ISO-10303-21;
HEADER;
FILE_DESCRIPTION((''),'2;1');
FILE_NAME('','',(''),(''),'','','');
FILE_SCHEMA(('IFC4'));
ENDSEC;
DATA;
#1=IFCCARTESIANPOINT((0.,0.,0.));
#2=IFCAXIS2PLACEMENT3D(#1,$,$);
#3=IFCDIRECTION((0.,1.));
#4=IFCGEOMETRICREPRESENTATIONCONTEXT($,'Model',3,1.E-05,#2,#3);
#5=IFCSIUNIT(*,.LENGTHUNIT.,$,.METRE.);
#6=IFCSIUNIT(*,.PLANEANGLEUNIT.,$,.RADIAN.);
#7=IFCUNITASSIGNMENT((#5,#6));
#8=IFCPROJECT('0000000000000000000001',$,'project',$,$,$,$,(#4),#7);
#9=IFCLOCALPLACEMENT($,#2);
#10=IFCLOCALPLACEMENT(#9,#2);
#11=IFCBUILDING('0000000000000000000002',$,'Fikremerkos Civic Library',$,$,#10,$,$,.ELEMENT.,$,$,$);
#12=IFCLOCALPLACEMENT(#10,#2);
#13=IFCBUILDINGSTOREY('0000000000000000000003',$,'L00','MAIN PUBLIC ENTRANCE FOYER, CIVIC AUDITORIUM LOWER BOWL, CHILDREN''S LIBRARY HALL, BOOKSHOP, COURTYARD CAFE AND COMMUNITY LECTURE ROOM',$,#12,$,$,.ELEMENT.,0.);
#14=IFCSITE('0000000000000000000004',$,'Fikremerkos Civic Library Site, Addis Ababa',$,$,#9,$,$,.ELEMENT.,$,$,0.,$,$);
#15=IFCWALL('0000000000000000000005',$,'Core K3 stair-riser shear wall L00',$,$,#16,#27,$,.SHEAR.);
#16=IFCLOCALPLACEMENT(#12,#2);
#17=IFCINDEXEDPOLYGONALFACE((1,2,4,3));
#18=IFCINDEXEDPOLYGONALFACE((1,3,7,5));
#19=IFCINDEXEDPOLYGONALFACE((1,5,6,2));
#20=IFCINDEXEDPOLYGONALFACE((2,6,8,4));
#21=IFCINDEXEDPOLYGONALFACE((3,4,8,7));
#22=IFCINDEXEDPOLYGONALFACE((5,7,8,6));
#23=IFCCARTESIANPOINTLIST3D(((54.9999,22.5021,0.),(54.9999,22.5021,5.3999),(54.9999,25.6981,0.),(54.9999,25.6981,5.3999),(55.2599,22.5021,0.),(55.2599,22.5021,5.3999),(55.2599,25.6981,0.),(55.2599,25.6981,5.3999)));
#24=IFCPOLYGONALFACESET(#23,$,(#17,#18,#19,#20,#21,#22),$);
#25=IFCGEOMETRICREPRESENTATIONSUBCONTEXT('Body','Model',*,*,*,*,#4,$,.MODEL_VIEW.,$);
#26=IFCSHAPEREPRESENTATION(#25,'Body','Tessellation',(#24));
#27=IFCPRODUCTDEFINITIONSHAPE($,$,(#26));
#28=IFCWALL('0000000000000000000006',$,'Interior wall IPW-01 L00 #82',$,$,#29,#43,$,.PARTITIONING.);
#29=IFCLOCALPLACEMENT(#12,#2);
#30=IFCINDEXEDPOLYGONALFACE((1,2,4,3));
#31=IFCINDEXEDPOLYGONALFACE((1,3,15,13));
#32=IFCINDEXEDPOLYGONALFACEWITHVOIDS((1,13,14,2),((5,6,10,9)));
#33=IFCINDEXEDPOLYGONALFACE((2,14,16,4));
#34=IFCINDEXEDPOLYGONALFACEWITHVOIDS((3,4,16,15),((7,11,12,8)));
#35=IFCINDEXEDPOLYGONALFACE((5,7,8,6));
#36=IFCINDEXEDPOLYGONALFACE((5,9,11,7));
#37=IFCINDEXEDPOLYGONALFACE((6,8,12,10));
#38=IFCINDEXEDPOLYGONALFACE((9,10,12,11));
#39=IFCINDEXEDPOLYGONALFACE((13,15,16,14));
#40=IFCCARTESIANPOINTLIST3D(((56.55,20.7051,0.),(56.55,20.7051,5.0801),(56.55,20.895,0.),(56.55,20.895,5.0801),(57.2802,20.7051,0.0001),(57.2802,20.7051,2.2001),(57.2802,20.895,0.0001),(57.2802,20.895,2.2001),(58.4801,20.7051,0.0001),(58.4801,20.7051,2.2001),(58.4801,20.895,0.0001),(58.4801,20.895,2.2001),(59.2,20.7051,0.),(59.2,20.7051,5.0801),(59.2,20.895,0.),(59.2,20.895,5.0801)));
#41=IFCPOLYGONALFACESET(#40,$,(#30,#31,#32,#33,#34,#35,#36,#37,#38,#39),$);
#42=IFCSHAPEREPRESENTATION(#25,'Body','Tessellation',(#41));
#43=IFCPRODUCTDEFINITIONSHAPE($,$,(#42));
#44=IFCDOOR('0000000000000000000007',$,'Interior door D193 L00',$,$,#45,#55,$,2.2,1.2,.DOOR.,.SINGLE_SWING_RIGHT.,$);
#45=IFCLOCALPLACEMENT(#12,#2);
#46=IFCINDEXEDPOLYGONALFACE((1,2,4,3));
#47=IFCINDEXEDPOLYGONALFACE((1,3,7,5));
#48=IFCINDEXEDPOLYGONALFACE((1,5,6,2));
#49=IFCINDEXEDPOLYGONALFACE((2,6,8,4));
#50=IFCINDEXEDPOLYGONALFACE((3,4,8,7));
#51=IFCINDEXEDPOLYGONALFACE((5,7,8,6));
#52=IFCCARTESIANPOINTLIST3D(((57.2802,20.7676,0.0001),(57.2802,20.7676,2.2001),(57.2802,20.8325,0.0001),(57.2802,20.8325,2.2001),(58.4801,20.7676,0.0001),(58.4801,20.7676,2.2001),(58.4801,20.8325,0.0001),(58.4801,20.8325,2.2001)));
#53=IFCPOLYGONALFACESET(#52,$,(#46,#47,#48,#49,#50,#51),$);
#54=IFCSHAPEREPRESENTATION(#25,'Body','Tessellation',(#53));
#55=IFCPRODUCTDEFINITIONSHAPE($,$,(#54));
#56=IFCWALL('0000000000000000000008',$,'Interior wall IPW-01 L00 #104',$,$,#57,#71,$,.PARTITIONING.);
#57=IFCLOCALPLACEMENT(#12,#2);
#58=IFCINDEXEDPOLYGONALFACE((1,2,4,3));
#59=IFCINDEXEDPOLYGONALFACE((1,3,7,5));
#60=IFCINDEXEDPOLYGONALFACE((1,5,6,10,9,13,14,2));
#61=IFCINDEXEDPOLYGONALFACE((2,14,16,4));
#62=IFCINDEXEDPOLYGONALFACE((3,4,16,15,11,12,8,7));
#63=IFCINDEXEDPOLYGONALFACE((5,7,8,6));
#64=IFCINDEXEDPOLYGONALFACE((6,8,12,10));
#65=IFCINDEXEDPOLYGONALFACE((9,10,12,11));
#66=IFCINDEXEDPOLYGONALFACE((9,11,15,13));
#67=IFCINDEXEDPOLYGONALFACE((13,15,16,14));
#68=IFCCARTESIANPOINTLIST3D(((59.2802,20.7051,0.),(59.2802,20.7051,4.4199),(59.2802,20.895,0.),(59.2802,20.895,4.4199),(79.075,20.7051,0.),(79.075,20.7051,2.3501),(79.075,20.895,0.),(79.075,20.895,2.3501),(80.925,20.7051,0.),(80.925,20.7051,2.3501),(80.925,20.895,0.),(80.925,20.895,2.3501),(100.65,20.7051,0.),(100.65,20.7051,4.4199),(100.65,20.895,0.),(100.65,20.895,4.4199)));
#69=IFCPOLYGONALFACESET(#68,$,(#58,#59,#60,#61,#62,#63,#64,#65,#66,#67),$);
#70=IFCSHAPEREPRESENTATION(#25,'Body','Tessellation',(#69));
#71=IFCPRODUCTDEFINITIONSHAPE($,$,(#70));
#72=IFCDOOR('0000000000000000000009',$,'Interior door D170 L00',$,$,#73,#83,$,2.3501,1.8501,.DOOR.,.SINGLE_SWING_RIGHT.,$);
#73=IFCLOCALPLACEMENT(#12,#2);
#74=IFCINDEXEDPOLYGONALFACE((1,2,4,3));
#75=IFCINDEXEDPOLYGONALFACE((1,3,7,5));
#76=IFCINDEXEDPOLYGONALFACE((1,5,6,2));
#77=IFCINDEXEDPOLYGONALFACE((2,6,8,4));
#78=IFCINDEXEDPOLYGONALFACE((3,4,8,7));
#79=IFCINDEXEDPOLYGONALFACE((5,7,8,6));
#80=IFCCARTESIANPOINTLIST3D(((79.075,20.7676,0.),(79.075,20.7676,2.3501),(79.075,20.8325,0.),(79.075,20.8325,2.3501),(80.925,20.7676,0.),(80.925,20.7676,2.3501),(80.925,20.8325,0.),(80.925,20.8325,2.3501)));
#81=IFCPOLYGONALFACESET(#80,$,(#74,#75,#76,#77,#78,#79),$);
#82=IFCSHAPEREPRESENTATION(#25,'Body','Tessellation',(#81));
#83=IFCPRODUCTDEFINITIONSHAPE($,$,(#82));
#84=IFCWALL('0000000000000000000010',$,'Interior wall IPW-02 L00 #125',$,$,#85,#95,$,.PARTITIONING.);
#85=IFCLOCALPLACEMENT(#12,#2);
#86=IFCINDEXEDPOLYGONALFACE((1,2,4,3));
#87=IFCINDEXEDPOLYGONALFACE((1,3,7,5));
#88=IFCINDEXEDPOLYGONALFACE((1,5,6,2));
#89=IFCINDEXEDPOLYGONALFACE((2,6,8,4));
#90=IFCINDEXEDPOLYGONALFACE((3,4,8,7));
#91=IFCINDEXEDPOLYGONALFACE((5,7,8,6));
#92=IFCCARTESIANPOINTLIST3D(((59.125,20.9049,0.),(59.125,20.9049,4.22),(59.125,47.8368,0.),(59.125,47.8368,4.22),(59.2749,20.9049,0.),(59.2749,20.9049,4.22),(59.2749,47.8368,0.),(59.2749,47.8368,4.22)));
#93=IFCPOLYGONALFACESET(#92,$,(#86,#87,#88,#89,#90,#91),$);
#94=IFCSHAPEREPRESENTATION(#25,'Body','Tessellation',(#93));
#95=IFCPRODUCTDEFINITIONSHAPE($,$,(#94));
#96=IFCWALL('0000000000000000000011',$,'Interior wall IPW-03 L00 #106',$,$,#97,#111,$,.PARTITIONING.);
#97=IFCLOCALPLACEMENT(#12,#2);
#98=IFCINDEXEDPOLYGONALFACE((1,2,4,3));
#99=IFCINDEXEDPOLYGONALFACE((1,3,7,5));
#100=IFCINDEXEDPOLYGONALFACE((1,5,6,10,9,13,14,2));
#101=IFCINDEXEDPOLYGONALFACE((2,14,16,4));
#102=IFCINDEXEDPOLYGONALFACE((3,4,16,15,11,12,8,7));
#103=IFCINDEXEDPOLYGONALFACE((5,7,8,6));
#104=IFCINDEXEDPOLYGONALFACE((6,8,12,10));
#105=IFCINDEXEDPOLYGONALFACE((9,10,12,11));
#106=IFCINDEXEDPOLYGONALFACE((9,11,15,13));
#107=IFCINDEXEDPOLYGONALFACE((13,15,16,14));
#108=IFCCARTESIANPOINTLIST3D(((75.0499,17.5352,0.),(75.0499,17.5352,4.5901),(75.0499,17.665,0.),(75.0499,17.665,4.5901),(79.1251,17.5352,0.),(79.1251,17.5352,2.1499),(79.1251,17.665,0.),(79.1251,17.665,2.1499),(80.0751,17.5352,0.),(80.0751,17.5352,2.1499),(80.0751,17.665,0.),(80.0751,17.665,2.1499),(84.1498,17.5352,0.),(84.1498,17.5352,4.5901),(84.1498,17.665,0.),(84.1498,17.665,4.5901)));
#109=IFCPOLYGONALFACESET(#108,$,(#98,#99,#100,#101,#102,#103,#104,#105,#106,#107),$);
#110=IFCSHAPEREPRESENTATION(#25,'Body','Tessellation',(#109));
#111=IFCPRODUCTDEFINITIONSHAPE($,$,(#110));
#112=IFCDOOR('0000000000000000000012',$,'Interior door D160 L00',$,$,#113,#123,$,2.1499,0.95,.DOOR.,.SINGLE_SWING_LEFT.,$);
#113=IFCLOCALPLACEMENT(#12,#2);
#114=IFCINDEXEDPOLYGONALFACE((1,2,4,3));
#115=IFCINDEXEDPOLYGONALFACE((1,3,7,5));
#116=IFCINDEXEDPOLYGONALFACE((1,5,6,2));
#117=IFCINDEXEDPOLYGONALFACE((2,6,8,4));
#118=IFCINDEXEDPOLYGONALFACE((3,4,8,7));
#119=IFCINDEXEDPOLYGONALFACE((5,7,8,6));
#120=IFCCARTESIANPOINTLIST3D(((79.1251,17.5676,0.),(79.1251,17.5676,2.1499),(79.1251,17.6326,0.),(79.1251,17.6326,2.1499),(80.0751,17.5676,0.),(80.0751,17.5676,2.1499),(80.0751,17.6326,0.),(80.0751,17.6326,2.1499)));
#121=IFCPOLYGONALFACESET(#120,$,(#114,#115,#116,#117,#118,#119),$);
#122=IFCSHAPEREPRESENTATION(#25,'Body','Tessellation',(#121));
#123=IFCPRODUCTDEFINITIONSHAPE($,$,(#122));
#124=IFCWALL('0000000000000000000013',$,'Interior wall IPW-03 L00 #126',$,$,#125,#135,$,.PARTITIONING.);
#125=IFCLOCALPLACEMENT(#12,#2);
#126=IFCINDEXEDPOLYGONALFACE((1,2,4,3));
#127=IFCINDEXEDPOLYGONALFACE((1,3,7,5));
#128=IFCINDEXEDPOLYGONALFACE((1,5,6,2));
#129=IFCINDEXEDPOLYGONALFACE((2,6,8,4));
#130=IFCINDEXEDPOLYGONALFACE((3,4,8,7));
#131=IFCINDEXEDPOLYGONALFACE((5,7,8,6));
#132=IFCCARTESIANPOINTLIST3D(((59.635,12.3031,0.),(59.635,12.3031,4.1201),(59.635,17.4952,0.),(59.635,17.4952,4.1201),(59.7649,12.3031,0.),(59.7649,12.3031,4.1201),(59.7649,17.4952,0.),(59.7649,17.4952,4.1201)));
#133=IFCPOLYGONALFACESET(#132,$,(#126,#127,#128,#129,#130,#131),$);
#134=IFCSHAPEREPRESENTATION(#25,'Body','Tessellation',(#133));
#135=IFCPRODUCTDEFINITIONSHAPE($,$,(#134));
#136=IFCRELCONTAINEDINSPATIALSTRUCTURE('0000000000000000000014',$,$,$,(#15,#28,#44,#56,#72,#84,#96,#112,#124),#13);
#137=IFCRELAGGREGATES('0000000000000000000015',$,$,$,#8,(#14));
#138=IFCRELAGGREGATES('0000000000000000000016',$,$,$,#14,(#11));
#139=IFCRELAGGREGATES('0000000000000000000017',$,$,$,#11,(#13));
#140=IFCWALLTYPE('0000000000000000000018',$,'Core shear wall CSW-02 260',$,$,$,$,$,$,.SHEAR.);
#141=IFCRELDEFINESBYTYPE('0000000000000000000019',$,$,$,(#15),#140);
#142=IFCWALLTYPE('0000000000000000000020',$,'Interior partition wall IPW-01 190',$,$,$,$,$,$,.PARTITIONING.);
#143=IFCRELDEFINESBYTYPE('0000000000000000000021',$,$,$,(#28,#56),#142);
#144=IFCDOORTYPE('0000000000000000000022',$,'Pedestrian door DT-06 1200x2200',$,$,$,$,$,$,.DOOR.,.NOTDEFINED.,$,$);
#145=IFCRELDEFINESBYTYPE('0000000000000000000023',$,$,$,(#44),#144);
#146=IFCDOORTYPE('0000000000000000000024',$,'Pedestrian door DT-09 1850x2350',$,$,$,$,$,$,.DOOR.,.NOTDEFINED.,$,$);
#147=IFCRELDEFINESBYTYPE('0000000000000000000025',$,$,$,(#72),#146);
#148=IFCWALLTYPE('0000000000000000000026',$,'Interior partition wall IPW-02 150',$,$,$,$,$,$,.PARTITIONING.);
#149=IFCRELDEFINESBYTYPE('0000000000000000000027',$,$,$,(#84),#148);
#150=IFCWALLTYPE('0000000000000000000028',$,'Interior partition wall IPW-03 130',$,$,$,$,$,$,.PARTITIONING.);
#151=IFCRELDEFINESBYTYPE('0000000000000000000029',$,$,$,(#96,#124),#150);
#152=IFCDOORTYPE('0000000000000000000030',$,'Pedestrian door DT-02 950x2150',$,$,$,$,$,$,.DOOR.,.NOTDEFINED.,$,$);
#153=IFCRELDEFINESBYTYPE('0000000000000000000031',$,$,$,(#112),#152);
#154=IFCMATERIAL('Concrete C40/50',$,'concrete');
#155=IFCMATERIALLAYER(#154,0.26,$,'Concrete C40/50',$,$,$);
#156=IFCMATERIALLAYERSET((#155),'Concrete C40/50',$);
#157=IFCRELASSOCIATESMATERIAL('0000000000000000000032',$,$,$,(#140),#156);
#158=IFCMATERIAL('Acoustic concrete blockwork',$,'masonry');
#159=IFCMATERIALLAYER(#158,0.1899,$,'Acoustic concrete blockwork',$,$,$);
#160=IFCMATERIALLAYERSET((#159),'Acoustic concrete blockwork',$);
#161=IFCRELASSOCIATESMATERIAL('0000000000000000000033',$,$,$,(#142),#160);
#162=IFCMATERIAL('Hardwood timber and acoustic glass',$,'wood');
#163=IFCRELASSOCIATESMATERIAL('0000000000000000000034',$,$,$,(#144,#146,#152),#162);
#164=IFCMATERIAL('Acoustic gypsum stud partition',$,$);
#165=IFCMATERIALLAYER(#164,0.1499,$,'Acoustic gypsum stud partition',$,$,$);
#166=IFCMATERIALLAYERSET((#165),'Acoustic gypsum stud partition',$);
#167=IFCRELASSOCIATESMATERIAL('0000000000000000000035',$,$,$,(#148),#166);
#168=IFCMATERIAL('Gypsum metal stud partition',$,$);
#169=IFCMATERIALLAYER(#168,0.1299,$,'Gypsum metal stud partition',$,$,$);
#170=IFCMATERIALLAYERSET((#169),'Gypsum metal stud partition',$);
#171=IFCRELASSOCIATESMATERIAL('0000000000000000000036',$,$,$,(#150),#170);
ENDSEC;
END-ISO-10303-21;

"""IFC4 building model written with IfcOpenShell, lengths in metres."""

from ifc_helpers import new_model, si_unit, direction, frame, frame_2d, origin, place, context, subcontext, project, spatial, rectangle, extrude, material, layer, layer_set, type_object, element, fill, save


model = new_model("IFC4")

# Units and contexts
model_context = context("Model", 3, precision=1e-05, world=origin(), true_north=direction((0.0, 1.0)))
body_context = subcontext(model_context, "Body", "Model", "MODEL_VIEW")
ifc_project = project(units=[si_unit("LENGTHUNIT", "METRE"), si_unit("PLANEANGLEUNIT", "RADIAN")], contexts=[model_context])

# Site, building, storey
site_placement = place(None, origin())
site = spatial("IfcSite", under=ifc_project, at=site_placement, Name="Fikremerkos Civic Library Site, Addis Ababa", CompositionType="ELEMENT", RefElevation=0.0)
building_placement = place(site_placement, origin())
building = spatial("IfcBuilding", under=site, at=building_placement, Name="Fikremerkos Civic Library", CompositionType="ELEMENT")
storey_placement = place(building_placement, origin())
storey = spatial("IfcBuildingStorey", under=building, at=storey_placement, Name="L00", Description="MAIN PUBLIC ENTRANCE FOYER, CIVIC AUDITORIUM LOWER BOWL, CHILDREN'S LIBRARY HALL, BOOKSHOP, COURTYARD CAFE AND COMMUNITY LECTURE ROOM", CompositionType="ELEMENT", Elevation=0.0)

# Shared definitions
ifc_material_1 = material(Name="Concrete C40/50", Category="concrete")

# Wall
ifc_layer_1 = layer(ifc_material_1, 0.26, Name="Concrete C40/50")
ifc_layer_set_1 = layer_set([ifc_layer_1], Name="Concrete C40/50")
wall_type_1 = type_object("IfcWallType", Name="Core shear wall CSW-02 260", PredefinedType="SHEAR", material=ifc_layer_set_1)
wall_1_placement = place(storey_placement, frame((55.1299, 22.502, 0.0), z_axis=(0.0, 0.0, 1.0), x_axis=(0.0, 1.0, 0.0)))
element("IfcWall", 1, at=wall_1_placement, inside=storey, type_object=wall_type_1, Name="Core K3 stair-riser shear wall L00", PredefinedType="SHEAR", context=body_context, shape_type="SweptSolid", body=[
    extrude(rectangle(XDim=3.196, YDim=0.26, at=frame_2d((1.5981, 0.0))), origin(), (0.0, 0.0, 1.0), 5.3999),
])

# Walls, openings, doors
ifc_material_2 = material(Name="Acoustic concrete blockwork", Category="masonry")
ifc_layer_2 = layer(ifc_material_2, 0.1899, Name="Acoustic concrete blockwork")
ifc_layer_set_2 = layer_set([ifc_layer_2], Name="Acoustic concrete blockwork")
wall_type_2 = type_object("IfcWallType", Name="Interior partition wall IPW-01 190", PredefinedType="PARTITIONING", material=ifc_layer_set_2)
wall_2_placement = place(storey_placement, frame((56.55, 20.8, 0.0), z_axis=(0.0, 0.0, 1.0), x_axis=(1.0, 0.0, 0.0)))
wall_2 = element("IfcWall", 2, at=wall_2_placement, inside=storey, type_object=wall_type_2, Name="Interior wall IPW-01 L00 #82", PredefinedType="PARTITIONING", context=body_context, shape_type="SweptSolid", body=[
    extrude(rectangle(XDim=2.6499, YDim=0.1899, at=frame_2d((1.325, 0.0))), origin(), (0.0, 0.0, 1.0), 5.0801),
])
opening_1_placement = place(wall_2_placement, frame((0.73, 0.0, 0.0)))
opening_1 = element("IfcOpeningElement", 3, at=opening_1_placement, cuts=wall_2, PredefinedType="OPENING", context=body_context, shape_type="SweptSolid", body=[
    extrude(rectangle(XDim=1.2, YDim=2.2, at=frame_2d((0.6001, 1.1001))), frame((0.0, 0.105, 0.0), z_axis=(0.0, -1.0, 0.0), x_axis=(1.0, 0.0, 0.0)), (0.0, 0.0, 1.0), 0.21),
])
ifc_material_3 = material(Name="Hardwood timber and acoustic glass", Category="wood")
door_type_1 = type_object("IfcDoorType", Name="Pedestrian door DT-06 1200x2200", OperationType="NOTDEFINED", PredefinedType="DOOR", material=ifc_material_3)
door_1_placement = place(opening_1_placement, origin())
door_1 = element("IfcDoor", 4, at=door_1_placement, inside=storey, type_object=door_type_1, Name="Interior door D193 L00", OperationType="SINGLE_SWING_RIGHT", OverallHeight=2.2, OverallWidth=1.2, PredefinedType="DOOR", context=body_context, shape_type="SweptSolid", body=[
    extrude(rectangle(XDim=1.2, YDim=2.2, at=frame_2d((0.6001, 1.1001))), frame((0.0, 0.0325, 0.0), z_axis=(0.0, -1.0, 0.0), x_axis=(1.0, 0.0, 0.0)), (0.0, 0.0, 1.0), 0.0649),
])
fill(opening_1, door_1)
wall_3_placement = place(storey_placement, frame((59.28, 20.8, 0.0), z_axis=(0.0, 0.0, 1.0), x_axis=(1.0, 0.0, 0.0)))
wall_3 = element("IfcWall", 5, at=wall_3_placement, inside=storey, type_object=wall_type_2, Name="Interior wall IPW-01 L00 #104", PredefinedType="PARTITIONING", context=body_context, shape_type="SweptSolid", body=[
    extrude(rectangle(XDim=41.3699, YDim=0.1899, at=frame_2d((20.6851, 0.0))), origin(), (0.0, 0.0, 1.0), 4.4199),
])
opening_2_placement = place(wall_3_placement, frame((19.7949, 0.0, 0.0)))
opening_2 = element("IfcOpeningElement", 6, at=opening_2_placement, cuts=wall_3, PredefinedType="OPENING", context=body_context, shape_type="SweptSolid", body=[
    extrude(rectangle(XDim=1.8501, YDim=2.3501, at=frame_2d((0.925, 1.175))), frame((0.0, 0.105, 0.0), z_axis=(0.0, -1.0, 0.0), x_axis=(1.0, 0.0, 0.0)), (0.0, 0.0, 1.0), 0.21),
])
door_type_2 = type_object("IfcDoorType", Name="Pedestrian door DT-09 1850x2350", OperationType="NOTDEFINED", PredefinedType="DOOR", material=ifc_material_3)
door_2_placement = place(opening_2_placement, origin())
door_2 = element("IfcDoor", 7, at=door_2_placement, inside=storey, type_object=door_type_2, Name="Interior door D170 L00", OperationType="SINGLE_SWING_RIGHT", OverallHeight=2.3501, OverallWidth=1.8501, PredefinedType="DOOR", context=body_context, shape_type="SweptSolid", body=[
    extrude(rectangle(XDim=1.8501, YDim=2.3501, at=frame_2d((0.925, 1.175))), frame((0.0, 0.0325, 0.0), z_axis=(0.0, -1.0, 0.0), x_axis=(1.0, 0.0, 0.0)), (0.0, 0.0, 1.0), 0.0649),
])
fill(opening_2, door_2)

# Wall
ifc_material_4 = material(Name="Acoustic gypsum stud partition")
ifc_layer_3 = layer(ifc_material_4, 0.1499, Name="Acoustic gypsum stud partition")
ifc_layer_set_3 = layer_set([ifc_layer_3], Name="Acoustic gypsum stud partition")
wall_type_3 = type_object("IfcWallType", Name="Interior partition wall IPW-02 150", PredefinedType="PARTITIONING", material=ifc_layer_set_3)
wall_4_placement = place(storey_placement, frame((59.2, 20.905, 0.0), z_axis=(0.0, 0.0, 1.0), x_axis=(0.0, 1.0, 0.0)))
element("IfcWall", 8, at=wall_4_placement, inside=storey, type_object=wall_type_3, Name="Interior wall IPW-02 L00 #125", PredefinedType="PARTITIONING", context=body_context, shape_type="SweptSolid", body=[
    extrude(rectangle(XDim=26.9319, YDim=0.1499, at=frame_2d((13.4658, 0.0))), origin(), (0.0, 0.0, 1.0), 4.22),
])

# Wall, opening, door
ifc_material_5 = material(Name="Gypsum metal stud partition")
ifc_layer_4 = layer(ifc_material_5, 0.1299, Name="Gypsum metal stud partition")
ifc_layer_set_4 = layer_set([ifc_layer_4], Name="Gypsum metal stud partition")
wall_type_4 = type_object("IfcWallType", Name="Interior partition wall IPW-03 130", PredefinedType="PARTITIONING", material=ifc_layer_set_4)
wall_5_placement = place(storey_placement, frame((75.05, 17.6001, 0.0), z_axis=(0.0, 0.0, 1.0), x_axis=(1.0, 0.0, 0.0)))
wall_5 = element("IfcWall", 9, at=wall_5_placement, inside=storey, type_object=wall_type_4, Name="Interior wall IPW-03 L00 #106", PredefinedType="PARTITIONING", context=body_context, shape_type="SweptSolid", body=[
    extrude(rectangle(XDim=9.0999, YDim=0.1299, at=frame_2d((4.5498, 0.0))), origin(), (0.0, 0.0, 1.0), 4.5901),
])
opening_3_placement = place(wall_5_placement, frame((4.075, 0.0, 0.0)))
opening_3 = element("IfcOpeningElement", 10, at=opening_3_placement, cuts=wall_5, PredefinedType="OPENING", context=body_context, shape_type="SweptSolid", body=[
    extrude(rectangle(XDim=0.95, YDim=2.1499, at=frame_2d((0.4751, 1.075))), frame((0.0, 0.075, 0.0), z_axis=(0.0, -1.0, 0.0), x_axis=(1.0, 0.0, 0.0)), (0.0, 0.0, 1.0), 0.1499),
])
door_type_3 = type_object("IfcDoorType", Name="Pedestrian door DT-02 950x2150", OperationType="NOTDEFINED", PredefinedType="DOOR", material=ifc_material_3)
door_3_placement = place(opening_3_placement, origin())
door_3 = element("IfcDoor", 11, at=door_3_placement, inside=storey, type_object=door_type_3, Name="Interior door D160 L00", OperationType="SINGLE_SWING_LEFT", OverallHeight=2.1499, OverallWidth=0.95, PredefinedType="DOOR", context=body_context, shape_type="SweptSolid", body=[
    extrude(rectangle(XDim=0.95, YDim=2.1499, at=frame_2d((0.4751, 1.075))), frame((0.0, 0.0325, 0.0), z_axis=(0.0, -1.0, 0.0), x_axis=(1.0, 0.0, 0.0)), (0.0, 0.0, 1.0), 0.0649),
])
fill(opening_3, door_3)

# Wall
wall_6_placement = place(storey_placement, frame((59.7, 12.303, 0.0), z_axis=(0.0, 0.0, 1.0), x_axis=(0.0, 1.0, 0.0)))
element("IfcWall", 12, at=wall_6_placement, inside=storey, type_object=wall_type_4, Name="Interior wall IPW-03 L00 #126", PredefinedType="PARTITIONING", context=body_context, shape_type="SweptSolid", body=[
    extrude(rectangle(XDim=5.1921, YDim=0.1299, at=frame_2d((2.5962, 0.0))), origin(), (0.0, 0.0, 1.0), 4.1201),
])

save(model, "model.ifc")
